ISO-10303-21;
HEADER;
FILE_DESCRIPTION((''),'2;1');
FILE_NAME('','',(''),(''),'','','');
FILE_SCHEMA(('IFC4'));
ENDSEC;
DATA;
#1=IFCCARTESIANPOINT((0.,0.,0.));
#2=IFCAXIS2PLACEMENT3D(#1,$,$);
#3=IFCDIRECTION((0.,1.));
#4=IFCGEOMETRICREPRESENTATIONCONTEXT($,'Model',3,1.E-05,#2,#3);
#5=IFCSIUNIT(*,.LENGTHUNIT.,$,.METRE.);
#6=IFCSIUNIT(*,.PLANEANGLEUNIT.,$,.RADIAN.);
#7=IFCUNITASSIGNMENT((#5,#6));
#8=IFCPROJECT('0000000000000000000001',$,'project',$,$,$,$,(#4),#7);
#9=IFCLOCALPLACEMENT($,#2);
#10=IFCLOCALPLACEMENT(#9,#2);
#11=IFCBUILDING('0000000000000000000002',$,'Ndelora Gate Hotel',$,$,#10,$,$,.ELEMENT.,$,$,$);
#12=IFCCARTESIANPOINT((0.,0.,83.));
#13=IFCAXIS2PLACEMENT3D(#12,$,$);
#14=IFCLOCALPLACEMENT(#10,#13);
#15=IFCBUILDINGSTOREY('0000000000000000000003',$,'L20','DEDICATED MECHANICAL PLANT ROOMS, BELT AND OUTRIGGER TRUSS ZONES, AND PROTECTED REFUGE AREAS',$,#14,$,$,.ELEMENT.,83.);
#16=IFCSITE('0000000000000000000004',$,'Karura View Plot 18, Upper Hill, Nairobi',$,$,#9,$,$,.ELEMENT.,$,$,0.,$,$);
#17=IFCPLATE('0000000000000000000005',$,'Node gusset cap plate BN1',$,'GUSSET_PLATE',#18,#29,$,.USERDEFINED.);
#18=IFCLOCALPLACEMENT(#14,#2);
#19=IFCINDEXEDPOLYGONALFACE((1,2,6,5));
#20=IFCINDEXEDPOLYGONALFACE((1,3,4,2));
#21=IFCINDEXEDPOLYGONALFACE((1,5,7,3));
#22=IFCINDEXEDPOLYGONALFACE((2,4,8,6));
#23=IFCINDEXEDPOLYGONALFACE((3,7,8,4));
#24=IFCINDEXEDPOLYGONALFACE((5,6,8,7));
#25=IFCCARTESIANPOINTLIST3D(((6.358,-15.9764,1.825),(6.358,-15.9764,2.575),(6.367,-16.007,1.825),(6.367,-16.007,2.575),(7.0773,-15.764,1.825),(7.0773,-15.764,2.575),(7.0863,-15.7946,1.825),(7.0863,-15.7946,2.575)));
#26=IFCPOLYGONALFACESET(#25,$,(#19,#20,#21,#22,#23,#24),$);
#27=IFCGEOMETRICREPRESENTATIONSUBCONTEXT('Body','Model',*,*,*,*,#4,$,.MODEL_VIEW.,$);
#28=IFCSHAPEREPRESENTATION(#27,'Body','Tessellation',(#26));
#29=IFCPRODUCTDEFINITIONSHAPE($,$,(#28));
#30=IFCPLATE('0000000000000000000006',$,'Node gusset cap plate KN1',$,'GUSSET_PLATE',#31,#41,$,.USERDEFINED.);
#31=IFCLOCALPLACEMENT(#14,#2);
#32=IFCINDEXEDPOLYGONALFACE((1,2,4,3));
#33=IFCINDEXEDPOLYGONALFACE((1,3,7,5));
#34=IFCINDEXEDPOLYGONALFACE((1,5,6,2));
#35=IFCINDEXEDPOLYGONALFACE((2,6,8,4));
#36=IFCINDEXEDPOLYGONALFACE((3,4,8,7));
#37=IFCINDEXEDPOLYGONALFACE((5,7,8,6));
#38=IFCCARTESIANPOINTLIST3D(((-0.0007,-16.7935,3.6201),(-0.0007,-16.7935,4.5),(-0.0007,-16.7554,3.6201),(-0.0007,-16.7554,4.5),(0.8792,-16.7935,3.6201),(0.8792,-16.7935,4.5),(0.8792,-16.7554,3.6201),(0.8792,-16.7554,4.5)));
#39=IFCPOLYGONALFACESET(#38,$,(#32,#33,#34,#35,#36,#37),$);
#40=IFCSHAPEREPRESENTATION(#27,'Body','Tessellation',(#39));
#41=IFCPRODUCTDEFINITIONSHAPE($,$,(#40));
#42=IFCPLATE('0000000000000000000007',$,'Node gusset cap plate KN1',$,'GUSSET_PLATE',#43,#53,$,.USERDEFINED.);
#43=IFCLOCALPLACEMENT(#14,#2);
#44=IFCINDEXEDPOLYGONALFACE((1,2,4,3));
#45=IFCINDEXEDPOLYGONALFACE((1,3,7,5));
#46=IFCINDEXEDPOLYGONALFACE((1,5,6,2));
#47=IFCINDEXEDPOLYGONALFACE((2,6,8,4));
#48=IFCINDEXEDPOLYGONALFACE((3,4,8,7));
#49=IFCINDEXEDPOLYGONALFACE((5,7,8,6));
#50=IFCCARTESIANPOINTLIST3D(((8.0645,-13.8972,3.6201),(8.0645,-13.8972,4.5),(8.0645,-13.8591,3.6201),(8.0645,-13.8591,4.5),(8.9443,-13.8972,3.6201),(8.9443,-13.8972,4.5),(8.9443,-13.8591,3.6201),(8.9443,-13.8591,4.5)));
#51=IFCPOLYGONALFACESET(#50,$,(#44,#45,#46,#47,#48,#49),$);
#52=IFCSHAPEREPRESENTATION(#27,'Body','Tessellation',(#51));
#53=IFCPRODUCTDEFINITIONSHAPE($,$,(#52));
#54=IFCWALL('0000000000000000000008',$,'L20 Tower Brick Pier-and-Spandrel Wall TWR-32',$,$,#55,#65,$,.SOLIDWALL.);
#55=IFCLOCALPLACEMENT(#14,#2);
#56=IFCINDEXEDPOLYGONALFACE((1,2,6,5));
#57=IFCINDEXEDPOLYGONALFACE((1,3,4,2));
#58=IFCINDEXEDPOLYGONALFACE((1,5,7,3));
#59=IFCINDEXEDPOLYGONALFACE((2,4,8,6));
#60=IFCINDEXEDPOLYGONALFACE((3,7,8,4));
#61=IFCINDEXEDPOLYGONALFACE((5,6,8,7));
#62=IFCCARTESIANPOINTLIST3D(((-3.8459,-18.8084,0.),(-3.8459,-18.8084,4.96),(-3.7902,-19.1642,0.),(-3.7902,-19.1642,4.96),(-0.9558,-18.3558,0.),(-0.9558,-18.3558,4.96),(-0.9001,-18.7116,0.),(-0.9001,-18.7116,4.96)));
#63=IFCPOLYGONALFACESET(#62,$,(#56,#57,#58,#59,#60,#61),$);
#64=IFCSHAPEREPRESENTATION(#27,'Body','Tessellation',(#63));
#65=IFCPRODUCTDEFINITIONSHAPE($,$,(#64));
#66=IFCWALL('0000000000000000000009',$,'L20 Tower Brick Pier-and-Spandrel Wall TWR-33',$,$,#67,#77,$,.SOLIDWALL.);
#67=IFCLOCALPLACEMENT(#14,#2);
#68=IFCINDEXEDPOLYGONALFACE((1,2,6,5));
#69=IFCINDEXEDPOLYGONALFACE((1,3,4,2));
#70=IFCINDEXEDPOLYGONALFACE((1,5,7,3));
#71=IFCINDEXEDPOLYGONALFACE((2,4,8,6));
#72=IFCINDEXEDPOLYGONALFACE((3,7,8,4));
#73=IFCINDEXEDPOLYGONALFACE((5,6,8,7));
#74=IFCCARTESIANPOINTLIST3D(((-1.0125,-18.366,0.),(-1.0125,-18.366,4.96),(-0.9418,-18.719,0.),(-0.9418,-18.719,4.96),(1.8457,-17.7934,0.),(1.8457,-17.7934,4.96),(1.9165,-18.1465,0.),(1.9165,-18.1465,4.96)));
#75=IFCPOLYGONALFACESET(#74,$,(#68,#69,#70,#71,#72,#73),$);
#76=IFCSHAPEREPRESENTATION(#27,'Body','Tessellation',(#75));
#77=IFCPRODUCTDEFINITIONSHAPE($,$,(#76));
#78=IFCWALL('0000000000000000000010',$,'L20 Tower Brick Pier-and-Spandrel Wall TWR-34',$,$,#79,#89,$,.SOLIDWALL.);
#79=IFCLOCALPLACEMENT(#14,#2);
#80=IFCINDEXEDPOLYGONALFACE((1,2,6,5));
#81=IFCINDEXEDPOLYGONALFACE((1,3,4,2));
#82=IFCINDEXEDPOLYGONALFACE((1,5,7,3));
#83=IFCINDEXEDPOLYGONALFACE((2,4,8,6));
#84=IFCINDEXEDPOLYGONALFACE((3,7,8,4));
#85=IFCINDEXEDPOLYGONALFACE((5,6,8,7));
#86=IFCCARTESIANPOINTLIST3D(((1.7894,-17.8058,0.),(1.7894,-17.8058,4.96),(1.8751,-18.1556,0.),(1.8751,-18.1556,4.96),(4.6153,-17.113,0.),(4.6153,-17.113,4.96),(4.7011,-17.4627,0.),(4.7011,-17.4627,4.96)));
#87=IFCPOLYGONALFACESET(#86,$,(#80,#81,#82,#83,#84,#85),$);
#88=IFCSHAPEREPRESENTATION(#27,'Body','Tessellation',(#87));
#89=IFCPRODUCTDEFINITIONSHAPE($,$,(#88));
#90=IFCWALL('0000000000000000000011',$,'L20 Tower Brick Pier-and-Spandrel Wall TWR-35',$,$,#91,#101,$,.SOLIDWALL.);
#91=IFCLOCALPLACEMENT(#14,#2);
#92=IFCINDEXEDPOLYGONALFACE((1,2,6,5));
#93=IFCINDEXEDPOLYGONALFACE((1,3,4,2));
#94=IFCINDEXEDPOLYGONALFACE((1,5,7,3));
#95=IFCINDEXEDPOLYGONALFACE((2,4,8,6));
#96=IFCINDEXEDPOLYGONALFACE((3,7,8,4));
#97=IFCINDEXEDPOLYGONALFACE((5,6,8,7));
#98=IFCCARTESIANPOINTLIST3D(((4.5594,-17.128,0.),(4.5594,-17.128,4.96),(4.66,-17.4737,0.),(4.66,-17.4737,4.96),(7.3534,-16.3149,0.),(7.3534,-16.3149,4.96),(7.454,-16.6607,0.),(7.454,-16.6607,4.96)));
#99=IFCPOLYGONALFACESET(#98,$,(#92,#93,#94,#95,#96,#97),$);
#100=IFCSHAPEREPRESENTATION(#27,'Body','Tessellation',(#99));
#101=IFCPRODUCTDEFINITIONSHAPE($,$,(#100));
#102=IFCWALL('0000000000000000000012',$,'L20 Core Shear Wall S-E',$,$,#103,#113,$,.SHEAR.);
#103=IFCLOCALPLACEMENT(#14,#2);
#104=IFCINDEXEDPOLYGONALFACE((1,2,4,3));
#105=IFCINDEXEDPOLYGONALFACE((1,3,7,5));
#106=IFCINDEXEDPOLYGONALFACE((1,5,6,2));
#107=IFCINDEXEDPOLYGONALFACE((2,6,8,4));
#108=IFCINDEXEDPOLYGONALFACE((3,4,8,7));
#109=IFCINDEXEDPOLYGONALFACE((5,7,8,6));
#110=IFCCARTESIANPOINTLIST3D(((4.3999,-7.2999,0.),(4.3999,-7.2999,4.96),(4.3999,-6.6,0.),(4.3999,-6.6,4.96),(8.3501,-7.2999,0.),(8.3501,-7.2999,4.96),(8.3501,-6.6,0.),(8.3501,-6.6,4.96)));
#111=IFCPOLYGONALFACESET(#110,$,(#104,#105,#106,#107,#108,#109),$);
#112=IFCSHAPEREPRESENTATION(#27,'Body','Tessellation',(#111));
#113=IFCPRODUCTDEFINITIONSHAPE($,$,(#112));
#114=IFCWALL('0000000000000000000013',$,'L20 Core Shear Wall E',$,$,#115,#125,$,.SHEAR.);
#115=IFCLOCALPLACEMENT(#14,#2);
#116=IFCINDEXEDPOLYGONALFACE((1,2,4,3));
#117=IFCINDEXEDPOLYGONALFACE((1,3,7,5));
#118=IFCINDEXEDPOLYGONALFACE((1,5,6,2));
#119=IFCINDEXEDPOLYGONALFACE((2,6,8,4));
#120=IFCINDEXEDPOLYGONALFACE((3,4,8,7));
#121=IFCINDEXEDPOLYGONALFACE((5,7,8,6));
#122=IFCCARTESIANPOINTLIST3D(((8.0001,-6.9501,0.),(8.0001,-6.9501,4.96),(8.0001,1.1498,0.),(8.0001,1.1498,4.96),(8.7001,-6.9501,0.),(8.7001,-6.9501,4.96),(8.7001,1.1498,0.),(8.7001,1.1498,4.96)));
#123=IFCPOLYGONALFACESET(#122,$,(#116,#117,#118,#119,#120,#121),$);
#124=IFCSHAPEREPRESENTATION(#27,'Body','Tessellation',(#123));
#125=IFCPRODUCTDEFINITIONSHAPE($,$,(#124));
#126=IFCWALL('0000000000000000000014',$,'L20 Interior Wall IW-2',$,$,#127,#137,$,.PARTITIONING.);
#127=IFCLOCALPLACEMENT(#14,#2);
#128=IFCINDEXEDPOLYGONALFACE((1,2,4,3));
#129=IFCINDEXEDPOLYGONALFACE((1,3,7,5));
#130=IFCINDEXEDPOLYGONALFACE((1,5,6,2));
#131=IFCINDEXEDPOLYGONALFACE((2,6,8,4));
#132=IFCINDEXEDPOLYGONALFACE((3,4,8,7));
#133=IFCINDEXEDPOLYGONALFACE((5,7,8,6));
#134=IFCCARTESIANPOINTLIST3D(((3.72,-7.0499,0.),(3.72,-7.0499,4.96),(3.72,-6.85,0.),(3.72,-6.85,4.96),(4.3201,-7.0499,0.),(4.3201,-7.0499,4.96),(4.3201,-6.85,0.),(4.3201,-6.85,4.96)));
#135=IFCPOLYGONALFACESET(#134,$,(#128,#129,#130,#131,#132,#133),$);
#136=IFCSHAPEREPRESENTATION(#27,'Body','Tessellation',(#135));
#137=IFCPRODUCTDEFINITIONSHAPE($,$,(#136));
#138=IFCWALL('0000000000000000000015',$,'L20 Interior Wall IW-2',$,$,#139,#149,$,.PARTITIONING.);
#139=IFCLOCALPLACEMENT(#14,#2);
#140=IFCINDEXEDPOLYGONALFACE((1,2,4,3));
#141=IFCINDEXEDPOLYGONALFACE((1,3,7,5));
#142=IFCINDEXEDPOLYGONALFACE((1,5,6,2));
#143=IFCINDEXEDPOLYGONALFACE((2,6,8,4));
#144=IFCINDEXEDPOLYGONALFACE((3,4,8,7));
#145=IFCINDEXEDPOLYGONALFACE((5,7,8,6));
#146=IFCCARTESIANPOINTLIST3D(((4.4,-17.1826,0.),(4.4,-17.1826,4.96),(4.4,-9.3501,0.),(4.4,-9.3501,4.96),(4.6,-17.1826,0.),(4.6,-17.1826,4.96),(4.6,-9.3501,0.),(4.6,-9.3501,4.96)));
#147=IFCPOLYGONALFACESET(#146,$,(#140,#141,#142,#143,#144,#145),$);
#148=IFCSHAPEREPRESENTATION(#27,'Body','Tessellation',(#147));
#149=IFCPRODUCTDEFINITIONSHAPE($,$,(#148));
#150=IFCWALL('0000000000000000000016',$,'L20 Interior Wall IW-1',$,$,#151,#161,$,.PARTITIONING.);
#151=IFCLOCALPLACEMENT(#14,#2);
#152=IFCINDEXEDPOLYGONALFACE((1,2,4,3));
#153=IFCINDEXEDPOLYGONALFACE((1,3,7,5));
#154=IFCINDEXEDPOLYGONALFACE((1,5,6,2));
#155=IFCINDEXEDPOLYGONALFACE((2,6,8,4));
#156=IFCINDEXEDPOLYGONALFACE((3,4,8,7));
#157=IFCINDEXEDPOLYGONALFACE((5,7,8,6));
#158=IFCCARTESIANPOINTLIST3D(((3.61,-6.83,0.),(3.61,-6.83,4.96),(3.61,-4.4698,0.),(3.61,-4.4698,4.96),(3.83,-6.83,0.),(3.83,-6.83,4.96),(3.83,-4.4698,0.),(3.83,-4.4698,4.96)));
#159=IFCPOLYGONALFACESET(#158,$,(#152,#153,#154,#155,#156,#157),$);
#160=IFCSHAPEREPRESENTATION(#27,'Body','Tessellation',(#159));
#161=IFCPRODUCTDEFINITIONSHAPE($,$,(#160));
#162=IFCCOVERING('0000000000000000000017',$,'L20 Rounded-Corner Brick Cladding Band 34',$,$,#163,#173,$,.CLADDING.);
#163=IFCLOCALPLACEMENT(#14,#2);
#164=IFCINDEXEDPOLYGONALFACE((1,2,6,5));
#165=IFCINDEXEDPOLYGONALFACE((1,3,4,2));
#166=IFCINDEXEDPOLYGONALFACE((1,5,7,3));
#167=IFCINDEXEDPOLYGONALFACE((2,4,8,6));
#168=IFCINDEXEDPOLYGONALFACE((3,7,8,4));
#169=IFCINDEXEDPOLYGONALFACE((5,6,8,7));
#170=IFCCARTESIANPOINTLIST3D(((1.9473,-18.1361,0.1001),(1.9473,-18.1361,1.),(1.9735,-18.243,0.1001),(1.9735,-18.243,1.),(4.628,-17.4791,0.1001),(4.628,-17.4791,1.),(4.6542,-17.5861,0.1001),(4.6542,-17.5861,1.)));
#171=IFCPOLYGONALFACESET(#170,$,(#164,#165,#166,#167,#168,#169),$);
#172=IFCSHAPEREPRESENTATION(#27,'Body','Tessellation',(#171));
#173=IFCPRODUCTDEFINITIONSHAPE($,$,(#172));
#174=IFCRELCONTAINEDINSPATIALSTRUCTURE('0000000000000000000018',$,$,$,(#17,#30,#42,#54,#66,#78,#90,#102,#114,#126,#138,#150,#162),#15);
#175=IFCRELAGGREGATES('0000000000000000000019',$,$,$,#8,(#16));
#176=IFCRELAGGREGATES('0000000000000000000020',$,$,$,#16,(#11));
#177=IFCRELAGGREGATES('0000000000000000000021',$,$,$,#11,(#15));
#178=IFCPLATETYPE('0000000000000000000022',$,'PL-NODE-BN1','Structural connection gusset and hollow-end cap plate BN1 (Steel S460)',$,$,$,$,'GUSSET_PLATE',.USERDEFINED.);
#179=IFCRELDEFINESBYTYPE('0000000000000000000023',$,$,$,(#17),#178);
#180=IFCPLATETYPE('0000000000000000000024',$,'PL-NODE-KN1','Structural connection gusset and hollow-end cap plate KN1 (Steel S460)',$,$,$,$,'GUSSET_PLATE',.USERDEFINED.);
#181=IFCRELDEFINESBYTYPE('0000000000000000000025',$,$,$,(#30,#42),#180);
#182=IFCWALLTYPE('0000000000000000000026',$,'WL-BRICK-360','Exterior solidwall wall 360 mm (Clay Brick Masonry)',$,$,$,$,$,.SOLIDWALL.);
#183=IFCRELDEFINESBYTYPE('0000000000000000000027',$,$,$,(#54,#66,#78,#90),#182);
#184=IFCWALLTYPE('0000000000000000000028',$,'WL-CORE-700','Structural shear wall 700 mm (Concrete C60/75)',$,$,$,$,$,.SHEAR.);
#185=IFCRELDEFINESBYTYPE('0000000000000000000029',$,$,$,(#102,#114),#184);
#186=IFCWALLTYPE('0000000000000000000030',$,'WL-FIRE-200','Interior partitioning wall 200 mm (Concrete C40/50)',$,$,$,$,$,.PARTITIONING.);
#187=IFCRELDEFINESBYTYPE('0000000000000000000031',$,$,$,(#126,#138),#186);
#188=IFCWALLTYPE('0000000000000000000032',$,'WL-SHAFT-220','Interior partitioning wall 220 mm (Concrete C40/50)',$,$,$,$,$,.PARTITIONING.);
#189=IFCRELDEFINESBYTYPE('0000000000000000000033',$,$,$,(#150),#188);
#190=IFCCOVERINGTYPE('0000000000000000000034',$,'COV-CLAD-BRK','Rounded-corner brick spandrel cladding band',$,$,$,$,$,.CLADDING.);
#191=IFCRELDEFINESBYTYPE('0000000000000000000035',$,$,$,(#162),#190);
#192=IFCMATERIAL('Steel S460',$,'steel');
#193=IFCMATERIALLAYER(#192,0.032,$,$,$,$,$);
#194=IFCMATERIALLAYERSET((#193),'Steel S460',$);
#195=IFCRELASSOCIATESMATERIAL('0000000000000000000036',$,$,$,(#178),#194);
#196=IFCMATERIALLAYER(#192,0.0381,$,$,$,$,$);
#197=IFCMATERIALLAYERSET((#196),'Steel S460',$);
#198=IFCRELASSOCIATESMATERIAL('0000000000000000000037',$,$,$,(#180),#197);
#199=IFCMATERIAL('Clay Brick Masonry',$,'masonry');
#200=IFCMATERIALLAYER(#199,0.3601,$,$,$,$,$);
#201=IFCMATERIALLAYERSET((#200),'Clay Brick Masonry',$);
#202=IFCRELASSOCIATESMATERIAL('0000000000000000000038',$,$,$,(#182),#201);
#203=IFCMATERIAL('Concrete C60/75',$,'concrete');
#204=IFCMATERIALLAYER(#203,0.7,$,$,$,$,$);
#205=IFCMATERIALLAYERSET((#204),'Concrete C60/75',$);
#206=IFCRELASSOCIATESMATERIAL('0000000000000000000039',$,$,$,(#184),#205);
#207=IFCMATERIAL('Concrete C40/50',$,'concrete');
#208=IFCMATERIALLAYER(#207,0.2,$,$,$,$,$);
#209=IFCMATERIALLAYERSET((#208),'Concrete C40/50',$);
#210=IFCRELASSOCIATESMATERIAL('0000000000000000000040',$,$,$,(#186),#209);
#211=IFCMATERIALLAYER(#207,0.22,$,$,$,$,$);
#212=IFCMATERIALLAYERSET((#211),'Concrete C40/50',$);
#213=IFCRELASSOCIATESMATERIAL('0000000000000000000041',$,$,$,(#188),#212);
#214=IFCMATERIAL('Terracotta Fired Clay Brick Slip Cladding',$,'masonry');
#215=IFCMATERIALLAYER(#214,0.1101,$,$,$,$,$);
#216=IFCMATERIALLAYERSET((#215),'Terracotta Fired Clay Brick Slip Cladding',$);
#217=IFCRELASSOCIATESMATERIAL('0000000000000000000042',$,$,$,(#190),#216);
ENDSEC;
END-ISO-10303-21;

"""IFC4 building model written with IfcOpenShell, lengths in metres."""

from ifc_helpers import new_model, si_unit, direction, frame, frame_2d, origin, origin_2d, place, context, subcontext, project, spatial, rectangle, extrude, material, layer, layer_set, type_object, element, save


model = new_model("IFC4")

# Units and contexts
model_context = context("Model", 3, precision=1e-05, world=origin(), true_north=direction((0.0, 1.0)))
body_context = subcontext(model_context, "Body", "Model", "MODEL_VIEW")
ifc_project = project(units=[si_unit("LENGTHUNIT", "METRE"), si_unit("PLANEANGLEUNIT", "RADIAN")], contexts=[model_context])

# Site, building, storey
site_placement = place(None, origin())
site = spatial("IfcSite", under=ifc_project, at=site_placement, Name="Karura View Plot 18, Upper Hill, Nairobi", CompositionType="ELEMENT", RefElevation=0.0)
building_placement = place(site_placement, origin())
building = spatial("IfcBuilding", under=site, at=building_placement, Name="Ndelora Gate Hotel", CompositionType="ELEMENT")
storey_placement = place(building_placement, frame((0.0, 0.0, 83.0)))
storey = spatial("IfcBuildingStorey", under=building, at=storey_placement, Name="L20", Description="DEDICATED MECHANICAL PLANT ROOMS, BELT AND OUTRIGGER TRUSS ZONES, AND PROTECTED REFUGE AREAS", CompositionType="ELEMENT", Elevation=83.0)

# Shared definitions
ifc_material_1 = material(Name="Concrete C60/75", Category="concrete")

# Shared definitions
ifc_material_2 = material(Name="Steel S460", Category="steel")

# Plates
ifc_layer_1 = layer(ifc_material_2, 0.032)
ifc_layer_set_1 = layer_set([ifc_layer_1], Name="Steel S460")
plate_type_1 = type_object("IfcPlateType", Name="PL-NODE-BN1", Description="Structural connection gusset and hollow-end cap plate BN1 (Steel S460)", ElementType="GUSSET_PLATE", PredefinedType="USERDEFINED", material=ifc_layer_set_1)
for number, where, z_axis, x_axis, name in (
    (1, (6.7222, -15.8855, 1.825), (0.0, 0.0, 1.0), (0.959067, 0.283179, 0.0), "Node gusset cap plate BN1"),
):
    element("IfcPlate", number, at=place(storey_placement, frame(where, z_axis=z_axis, x_axis=x_axis)), inside=storey, type_object=plate_type_1, Name=name, ObjectType="GUSSET_PLATE", PredefinedType="USERDEFINED", context=body_context, shape_type="SweptSolid", body=[
        extrude(rectangle(XDim=0.75, YDim=0.032, at=origin_2d()), origin(), (0.0, 0.0, 1.0), 0.75),
    ])
ifc_layer_2 = layer(ifc_material_2, 0.0381)
ifc_layer_set_2 = layer_set([ifc_layer_2], Name="Steel S460")
plate_type_2 = type_object("IfcPlateType", Name="PL-NODE-KN1", Description="Structural connection gusset and hollow-end cap plate KN1 (Steel S460)", ElementType="GUSSET_PLATE", PredefinedType="USERDEFINED", material=ifc_layer_set_2)
for number, where, z_axis, x_axis, name in (
    (2, (0.4392, -16.7744, 3.6201), (0.0, 0.0, 1.0), (1.0, 0.0, 0.0), "Node gusset cap plate KN1"),
    (3, (8.5044, -13.8782, 3.6201), (0.0, 0.0, 1.0), (1.0, 0.0, 0.0), "Node gusset cap plate KN1"),
):
    element("IfcPlate", number, at=place(storey_placement, frame(where, z_axis=z_axis, x_axis=x_axis)), inside=storey, type_object=plate_type_2, Name=name, ObjectType="GUSSET_PLATE", PredefinedType="USERDEFINED", context=body_context, shape_type="SweptSolid", body=[
        extrude(rectangle(XDim=0.8799, YDim=0.0381, at=origin_2d()), origin(), (0.0, 0.0, 1.0), 0.8799),
    ])

# Walls
ifc_material_3 = material(Name="Clay Brick Masonry", Category="masonry")
ifc_layer_3 = layer(ifc_material_3, 0.3601)
ifc_layer_set_3 = layer_set([ifc_layer_3], Name="Clay Brick Masonry")
wall_type_1 = type_object("IfcWallType", Name="WL-BRICK-360", Description="Exterior solidwall wall 360 mm (Clay Brick Masonry)", PredefinedType="SOLIDWALL", material=ifc_layer_set_3)
wall_1_placement = place(storey_placement, frame((-0.928, -18.5337, 0.0), z_axis=(0.0, 0.0, 1.0), x_axis=(-0.987957, -0.154728, 0.0)))
element("IfcWall", 4, at=wall_1_placement, inside=storey, type_object=wall_type_1, Name="L20 Tower Brick Pier-and-Spandrel Wall TWR-32", PredefinedType="SOLIDWALL", context=body_context, shape_type="SweptSolid", body=[
    extrude(rectangle(XDim=2.9253, YDim=0.3601, at=frame_2d((1.4626, 0.0))), origin(), (0.0, 0.0, 1.0), 4.96),
])
wall_2_placement = place(storey_placement, frame((1.8811, -17.97, 0.0), z_axis=(0.0, 0.0, 1.0), x_axis=(-0.980523, -0.196406, 0.0)))
element("IfcWall", 5, at=wall_2_placement, inside=storey, type_object=wall_type_1, Name="L20 Tower Brick Pier-and-Spandrel Wall TWR-33", PredefinedType="SOLIDWALL", context=body_context, shape_type="SweptSolid", body=[
    extrude(rectangle(XDim=2.915, YDim=0.3601, at=frame_2d((1.4575, 0.0))), origin(), (0.0, 0.0, 1.0), 4.96),
])
wall_3_placement = place(storey_placement, frame((4.6582, -17.2878, 0.0), z_axis=(0.0, 0.0, 1.0), x_axis=(-0.971233, -0.23813, 0.0)))
element("IfcWall", 6, at=wall_3_placement, inside=storey, type_object=wall_type_1, Name="L20 Tower Brick Pier-and-Spandrel Wall TWR-34", PredefinedType="SOLIDWALL", context=body_context, shape_type="SweptSolid", body=[
    extrude(rectangle(XDim=2.9097, YDim=0.3601, at=frame_2d((1.4548, 0.0))), origin(), (0.0, 0.0, 1.0), 4.96),
])
wall_4_placement = place(storey_placement, frame((7.4038, -16.4878, 0.0), z_axis=(0.0, 0.0, 1.0), x_axis=(-0.960176, -0.279394, 0.0)))
element("IfcWall", 7, at=wall_4_placement, inside=storey, type_object=wall_type_1, Name="L20 Tower Brick Pier-and-Spandrel Wall TWR-35", PredefinedType="SOLIDWALL", context=body_context, shape_type="SweptSolid", body=[
    extrude(rectangle(XDim=2.9099, YDim=0.3601, at=frame_2d((1.4551, 0.0))), origin(), (0.0, 0.0, 1.0), 4.96),
])
ifc_layer_4 = layer(ifc_material_1, 0.7)
ifc_layer_set_4 = layer_set([ifc_layer_4], Name="Concrete C60/75")
wall_type_2 = type_object("IfcWallType", Name="WL-CORE-700", Description="Structural shear wall 700 mm (Concrete C60/75)", PredefinedType="SHEAR", material=ifc_layer_set_4)
wall_5_placement = place(storey_placement, frame((4.3999, -6.95, 0.0), z_axis=(0.0, 0.0, 1.0), x_axis=(1.0, 0.0, 0.0)))
element("IfcWall", 8, at=wall_5_placement, inside=storey, type_object=wall_type_2, Name="L20 Core Shear Wall S-E", PredefinedType="SHEAR", context=body_context, shape_type="SweptSolid", body=[
    extrude(rectangle(XDim=3.9502, YDim=0.7, at=frame_2d((1.9751, 0.0))), origin(), (0.0, 0.0, 1.0), 4.96),
])
wall_6_placement = place(storey_placement, frame((8.3501, -6.95, 0.0), z_axis=(0.0, 0.0, 1.0), x_axis=(0.0, 1.0, 0.0)))
element("IfcWall", 9, at=wall_6_placement, inside=storey, type_object=wall_type_2, Name="L20 Core Shear Wall E", PredefinedType="SHEAR", context=body_context, shape_type="SweptSolid", body=[
    extrude(rectangle(XDim=8.0999, YDim=0.7, at=frame_2d((4.0498, 0.0))), origin(), (0.0, 0.0, 1.0), 4.96),
])
ifc_material_4 = material(Name="Concrete C40/50", Category="concrete")
ifc_layer_5 = layer(ifc_material_4, 0.2)
ifc_layer_set_5 = layer_set([ifc_layer_5], Name="Concrete C40/50")
wall_type_3 = type_object("IfcWallType", Name="WL-FIRE-200", Description="Interior partitioning wall 200 mm (Concrete C40/50)", PredefinedType="PARTITIONING", material=ifc_layer_set_5)
wall_7_placement = place(storey_placement, frame((3.72, -6.95, 0.0), z_axis=(0.0, 0.0, 1.0), x_axis=(1.0, 0.0, 0.0)))
element("IfcWall", 10, at=wall_7_placement, inside=storey, type_object=wall_type_3, Name="L20 Interior Wall IW-2", PredefinedType="PARTITIONING", context=body_context, shape_type="SweptSolid", body=[
    extrude(rectangle(XDim=0.6001, YDim=0.2, at=frame_2d((0.3, 0.0))), origin(), (0.0, 0.0, 1.0), 4.96),
])
wall_8_placement = place(storey_placement, frame((4.5, -9.3501, 0.0), z_axis=(0.0, 0.0, 1.0), x_axis=(0.0, -1.0, 0.0)))
element("IfcWall", 11, at=wall_8_placement, inside=storey, type_object=wall_type_3, Name="L20 Interior Wall IW-2", PredefinedType="PARTITIONING", context=body_context, shape_type="SweptSolid", body=[
    extrude(rectangle(XDim=7.8325, YDim=0.2, at=frame_2d((3.9163, 0.0))), origin(), (0.0, 0.0, 1.0), 4.96),
])
ifc_layer_6 = layer(ifc_material_4, 0.22)
ifc_layer_set_6 = layer_set([ifc_layer_6], Name="Concrete C40/50")
wall_type_4 = type_object("IfcWallType", Name="WL-SHAFT-220", Description="Interior partitioning wall 220 mm (Concrete C40/50)", PredefinedType="PARTITIONING", material=ifc_layer_set_6)
wall_9_placement = place(storey_placement, frame((3.72, -6.8301, 0.0), z_axis=(0.0, 0.0, 1.0), x_axis=(0.0, 1.0, 0.0)))
element("IfcWall", 12, at=wall_9_placement, inside=storey, type_object=wall_type_4, Name="L20 Interior Wall IW-1", PredefinedType="PARTITIONING", context=body_context, shape_type="SweptSolid", body=[
    extrude(rectangle(XDim=2.3601, YDim=0.22, at=frame_2d((1.1802, 0.0))), origin(), (0.0, 0.0, 1.0), 4.96),
])

# Covering
ifc_material_5 = material(Name="Terracotta Fired Clay Brick Slip Cladding", Category="masonry")
ifc_layer_7 = layer(ifc_material_5, 0.1101)
ifc_layer_set_7 = layer_set([ifc_layer_7], Name="Terracotta Fired Clay Brick Slip Cladding")
covering_type = type_object("IfcCoveringType", Name="COV-CLAD-BRK", Description="Rounded-corner brick spandrel cladding band", PredefinedType="CLADDING", material=ifc_layer_set_7)
covering_placement = place(storey_placement, frame((3.3008, -17.8611, 0.1001), z_axis=(0.0, 0.0, 1.0), x_axis=(0.971259, 0.238025, 0.0)))
element("IfcCovering", 13, at=covering_placement, inside=storey, type_object=covering_type, Name="L20 Rounded-Corner Brick Cladding Band 34", PredefinedType="CLADDING", context=body_context, shape_type="SweptSolid", body=[
    extrude(rectangle(XDim=2.76, YDim=0.1101, at=origin_2d()), origin(), (0.0, 0.0, 1.0), 0.8999),
])

save(model, "model.ifc")
